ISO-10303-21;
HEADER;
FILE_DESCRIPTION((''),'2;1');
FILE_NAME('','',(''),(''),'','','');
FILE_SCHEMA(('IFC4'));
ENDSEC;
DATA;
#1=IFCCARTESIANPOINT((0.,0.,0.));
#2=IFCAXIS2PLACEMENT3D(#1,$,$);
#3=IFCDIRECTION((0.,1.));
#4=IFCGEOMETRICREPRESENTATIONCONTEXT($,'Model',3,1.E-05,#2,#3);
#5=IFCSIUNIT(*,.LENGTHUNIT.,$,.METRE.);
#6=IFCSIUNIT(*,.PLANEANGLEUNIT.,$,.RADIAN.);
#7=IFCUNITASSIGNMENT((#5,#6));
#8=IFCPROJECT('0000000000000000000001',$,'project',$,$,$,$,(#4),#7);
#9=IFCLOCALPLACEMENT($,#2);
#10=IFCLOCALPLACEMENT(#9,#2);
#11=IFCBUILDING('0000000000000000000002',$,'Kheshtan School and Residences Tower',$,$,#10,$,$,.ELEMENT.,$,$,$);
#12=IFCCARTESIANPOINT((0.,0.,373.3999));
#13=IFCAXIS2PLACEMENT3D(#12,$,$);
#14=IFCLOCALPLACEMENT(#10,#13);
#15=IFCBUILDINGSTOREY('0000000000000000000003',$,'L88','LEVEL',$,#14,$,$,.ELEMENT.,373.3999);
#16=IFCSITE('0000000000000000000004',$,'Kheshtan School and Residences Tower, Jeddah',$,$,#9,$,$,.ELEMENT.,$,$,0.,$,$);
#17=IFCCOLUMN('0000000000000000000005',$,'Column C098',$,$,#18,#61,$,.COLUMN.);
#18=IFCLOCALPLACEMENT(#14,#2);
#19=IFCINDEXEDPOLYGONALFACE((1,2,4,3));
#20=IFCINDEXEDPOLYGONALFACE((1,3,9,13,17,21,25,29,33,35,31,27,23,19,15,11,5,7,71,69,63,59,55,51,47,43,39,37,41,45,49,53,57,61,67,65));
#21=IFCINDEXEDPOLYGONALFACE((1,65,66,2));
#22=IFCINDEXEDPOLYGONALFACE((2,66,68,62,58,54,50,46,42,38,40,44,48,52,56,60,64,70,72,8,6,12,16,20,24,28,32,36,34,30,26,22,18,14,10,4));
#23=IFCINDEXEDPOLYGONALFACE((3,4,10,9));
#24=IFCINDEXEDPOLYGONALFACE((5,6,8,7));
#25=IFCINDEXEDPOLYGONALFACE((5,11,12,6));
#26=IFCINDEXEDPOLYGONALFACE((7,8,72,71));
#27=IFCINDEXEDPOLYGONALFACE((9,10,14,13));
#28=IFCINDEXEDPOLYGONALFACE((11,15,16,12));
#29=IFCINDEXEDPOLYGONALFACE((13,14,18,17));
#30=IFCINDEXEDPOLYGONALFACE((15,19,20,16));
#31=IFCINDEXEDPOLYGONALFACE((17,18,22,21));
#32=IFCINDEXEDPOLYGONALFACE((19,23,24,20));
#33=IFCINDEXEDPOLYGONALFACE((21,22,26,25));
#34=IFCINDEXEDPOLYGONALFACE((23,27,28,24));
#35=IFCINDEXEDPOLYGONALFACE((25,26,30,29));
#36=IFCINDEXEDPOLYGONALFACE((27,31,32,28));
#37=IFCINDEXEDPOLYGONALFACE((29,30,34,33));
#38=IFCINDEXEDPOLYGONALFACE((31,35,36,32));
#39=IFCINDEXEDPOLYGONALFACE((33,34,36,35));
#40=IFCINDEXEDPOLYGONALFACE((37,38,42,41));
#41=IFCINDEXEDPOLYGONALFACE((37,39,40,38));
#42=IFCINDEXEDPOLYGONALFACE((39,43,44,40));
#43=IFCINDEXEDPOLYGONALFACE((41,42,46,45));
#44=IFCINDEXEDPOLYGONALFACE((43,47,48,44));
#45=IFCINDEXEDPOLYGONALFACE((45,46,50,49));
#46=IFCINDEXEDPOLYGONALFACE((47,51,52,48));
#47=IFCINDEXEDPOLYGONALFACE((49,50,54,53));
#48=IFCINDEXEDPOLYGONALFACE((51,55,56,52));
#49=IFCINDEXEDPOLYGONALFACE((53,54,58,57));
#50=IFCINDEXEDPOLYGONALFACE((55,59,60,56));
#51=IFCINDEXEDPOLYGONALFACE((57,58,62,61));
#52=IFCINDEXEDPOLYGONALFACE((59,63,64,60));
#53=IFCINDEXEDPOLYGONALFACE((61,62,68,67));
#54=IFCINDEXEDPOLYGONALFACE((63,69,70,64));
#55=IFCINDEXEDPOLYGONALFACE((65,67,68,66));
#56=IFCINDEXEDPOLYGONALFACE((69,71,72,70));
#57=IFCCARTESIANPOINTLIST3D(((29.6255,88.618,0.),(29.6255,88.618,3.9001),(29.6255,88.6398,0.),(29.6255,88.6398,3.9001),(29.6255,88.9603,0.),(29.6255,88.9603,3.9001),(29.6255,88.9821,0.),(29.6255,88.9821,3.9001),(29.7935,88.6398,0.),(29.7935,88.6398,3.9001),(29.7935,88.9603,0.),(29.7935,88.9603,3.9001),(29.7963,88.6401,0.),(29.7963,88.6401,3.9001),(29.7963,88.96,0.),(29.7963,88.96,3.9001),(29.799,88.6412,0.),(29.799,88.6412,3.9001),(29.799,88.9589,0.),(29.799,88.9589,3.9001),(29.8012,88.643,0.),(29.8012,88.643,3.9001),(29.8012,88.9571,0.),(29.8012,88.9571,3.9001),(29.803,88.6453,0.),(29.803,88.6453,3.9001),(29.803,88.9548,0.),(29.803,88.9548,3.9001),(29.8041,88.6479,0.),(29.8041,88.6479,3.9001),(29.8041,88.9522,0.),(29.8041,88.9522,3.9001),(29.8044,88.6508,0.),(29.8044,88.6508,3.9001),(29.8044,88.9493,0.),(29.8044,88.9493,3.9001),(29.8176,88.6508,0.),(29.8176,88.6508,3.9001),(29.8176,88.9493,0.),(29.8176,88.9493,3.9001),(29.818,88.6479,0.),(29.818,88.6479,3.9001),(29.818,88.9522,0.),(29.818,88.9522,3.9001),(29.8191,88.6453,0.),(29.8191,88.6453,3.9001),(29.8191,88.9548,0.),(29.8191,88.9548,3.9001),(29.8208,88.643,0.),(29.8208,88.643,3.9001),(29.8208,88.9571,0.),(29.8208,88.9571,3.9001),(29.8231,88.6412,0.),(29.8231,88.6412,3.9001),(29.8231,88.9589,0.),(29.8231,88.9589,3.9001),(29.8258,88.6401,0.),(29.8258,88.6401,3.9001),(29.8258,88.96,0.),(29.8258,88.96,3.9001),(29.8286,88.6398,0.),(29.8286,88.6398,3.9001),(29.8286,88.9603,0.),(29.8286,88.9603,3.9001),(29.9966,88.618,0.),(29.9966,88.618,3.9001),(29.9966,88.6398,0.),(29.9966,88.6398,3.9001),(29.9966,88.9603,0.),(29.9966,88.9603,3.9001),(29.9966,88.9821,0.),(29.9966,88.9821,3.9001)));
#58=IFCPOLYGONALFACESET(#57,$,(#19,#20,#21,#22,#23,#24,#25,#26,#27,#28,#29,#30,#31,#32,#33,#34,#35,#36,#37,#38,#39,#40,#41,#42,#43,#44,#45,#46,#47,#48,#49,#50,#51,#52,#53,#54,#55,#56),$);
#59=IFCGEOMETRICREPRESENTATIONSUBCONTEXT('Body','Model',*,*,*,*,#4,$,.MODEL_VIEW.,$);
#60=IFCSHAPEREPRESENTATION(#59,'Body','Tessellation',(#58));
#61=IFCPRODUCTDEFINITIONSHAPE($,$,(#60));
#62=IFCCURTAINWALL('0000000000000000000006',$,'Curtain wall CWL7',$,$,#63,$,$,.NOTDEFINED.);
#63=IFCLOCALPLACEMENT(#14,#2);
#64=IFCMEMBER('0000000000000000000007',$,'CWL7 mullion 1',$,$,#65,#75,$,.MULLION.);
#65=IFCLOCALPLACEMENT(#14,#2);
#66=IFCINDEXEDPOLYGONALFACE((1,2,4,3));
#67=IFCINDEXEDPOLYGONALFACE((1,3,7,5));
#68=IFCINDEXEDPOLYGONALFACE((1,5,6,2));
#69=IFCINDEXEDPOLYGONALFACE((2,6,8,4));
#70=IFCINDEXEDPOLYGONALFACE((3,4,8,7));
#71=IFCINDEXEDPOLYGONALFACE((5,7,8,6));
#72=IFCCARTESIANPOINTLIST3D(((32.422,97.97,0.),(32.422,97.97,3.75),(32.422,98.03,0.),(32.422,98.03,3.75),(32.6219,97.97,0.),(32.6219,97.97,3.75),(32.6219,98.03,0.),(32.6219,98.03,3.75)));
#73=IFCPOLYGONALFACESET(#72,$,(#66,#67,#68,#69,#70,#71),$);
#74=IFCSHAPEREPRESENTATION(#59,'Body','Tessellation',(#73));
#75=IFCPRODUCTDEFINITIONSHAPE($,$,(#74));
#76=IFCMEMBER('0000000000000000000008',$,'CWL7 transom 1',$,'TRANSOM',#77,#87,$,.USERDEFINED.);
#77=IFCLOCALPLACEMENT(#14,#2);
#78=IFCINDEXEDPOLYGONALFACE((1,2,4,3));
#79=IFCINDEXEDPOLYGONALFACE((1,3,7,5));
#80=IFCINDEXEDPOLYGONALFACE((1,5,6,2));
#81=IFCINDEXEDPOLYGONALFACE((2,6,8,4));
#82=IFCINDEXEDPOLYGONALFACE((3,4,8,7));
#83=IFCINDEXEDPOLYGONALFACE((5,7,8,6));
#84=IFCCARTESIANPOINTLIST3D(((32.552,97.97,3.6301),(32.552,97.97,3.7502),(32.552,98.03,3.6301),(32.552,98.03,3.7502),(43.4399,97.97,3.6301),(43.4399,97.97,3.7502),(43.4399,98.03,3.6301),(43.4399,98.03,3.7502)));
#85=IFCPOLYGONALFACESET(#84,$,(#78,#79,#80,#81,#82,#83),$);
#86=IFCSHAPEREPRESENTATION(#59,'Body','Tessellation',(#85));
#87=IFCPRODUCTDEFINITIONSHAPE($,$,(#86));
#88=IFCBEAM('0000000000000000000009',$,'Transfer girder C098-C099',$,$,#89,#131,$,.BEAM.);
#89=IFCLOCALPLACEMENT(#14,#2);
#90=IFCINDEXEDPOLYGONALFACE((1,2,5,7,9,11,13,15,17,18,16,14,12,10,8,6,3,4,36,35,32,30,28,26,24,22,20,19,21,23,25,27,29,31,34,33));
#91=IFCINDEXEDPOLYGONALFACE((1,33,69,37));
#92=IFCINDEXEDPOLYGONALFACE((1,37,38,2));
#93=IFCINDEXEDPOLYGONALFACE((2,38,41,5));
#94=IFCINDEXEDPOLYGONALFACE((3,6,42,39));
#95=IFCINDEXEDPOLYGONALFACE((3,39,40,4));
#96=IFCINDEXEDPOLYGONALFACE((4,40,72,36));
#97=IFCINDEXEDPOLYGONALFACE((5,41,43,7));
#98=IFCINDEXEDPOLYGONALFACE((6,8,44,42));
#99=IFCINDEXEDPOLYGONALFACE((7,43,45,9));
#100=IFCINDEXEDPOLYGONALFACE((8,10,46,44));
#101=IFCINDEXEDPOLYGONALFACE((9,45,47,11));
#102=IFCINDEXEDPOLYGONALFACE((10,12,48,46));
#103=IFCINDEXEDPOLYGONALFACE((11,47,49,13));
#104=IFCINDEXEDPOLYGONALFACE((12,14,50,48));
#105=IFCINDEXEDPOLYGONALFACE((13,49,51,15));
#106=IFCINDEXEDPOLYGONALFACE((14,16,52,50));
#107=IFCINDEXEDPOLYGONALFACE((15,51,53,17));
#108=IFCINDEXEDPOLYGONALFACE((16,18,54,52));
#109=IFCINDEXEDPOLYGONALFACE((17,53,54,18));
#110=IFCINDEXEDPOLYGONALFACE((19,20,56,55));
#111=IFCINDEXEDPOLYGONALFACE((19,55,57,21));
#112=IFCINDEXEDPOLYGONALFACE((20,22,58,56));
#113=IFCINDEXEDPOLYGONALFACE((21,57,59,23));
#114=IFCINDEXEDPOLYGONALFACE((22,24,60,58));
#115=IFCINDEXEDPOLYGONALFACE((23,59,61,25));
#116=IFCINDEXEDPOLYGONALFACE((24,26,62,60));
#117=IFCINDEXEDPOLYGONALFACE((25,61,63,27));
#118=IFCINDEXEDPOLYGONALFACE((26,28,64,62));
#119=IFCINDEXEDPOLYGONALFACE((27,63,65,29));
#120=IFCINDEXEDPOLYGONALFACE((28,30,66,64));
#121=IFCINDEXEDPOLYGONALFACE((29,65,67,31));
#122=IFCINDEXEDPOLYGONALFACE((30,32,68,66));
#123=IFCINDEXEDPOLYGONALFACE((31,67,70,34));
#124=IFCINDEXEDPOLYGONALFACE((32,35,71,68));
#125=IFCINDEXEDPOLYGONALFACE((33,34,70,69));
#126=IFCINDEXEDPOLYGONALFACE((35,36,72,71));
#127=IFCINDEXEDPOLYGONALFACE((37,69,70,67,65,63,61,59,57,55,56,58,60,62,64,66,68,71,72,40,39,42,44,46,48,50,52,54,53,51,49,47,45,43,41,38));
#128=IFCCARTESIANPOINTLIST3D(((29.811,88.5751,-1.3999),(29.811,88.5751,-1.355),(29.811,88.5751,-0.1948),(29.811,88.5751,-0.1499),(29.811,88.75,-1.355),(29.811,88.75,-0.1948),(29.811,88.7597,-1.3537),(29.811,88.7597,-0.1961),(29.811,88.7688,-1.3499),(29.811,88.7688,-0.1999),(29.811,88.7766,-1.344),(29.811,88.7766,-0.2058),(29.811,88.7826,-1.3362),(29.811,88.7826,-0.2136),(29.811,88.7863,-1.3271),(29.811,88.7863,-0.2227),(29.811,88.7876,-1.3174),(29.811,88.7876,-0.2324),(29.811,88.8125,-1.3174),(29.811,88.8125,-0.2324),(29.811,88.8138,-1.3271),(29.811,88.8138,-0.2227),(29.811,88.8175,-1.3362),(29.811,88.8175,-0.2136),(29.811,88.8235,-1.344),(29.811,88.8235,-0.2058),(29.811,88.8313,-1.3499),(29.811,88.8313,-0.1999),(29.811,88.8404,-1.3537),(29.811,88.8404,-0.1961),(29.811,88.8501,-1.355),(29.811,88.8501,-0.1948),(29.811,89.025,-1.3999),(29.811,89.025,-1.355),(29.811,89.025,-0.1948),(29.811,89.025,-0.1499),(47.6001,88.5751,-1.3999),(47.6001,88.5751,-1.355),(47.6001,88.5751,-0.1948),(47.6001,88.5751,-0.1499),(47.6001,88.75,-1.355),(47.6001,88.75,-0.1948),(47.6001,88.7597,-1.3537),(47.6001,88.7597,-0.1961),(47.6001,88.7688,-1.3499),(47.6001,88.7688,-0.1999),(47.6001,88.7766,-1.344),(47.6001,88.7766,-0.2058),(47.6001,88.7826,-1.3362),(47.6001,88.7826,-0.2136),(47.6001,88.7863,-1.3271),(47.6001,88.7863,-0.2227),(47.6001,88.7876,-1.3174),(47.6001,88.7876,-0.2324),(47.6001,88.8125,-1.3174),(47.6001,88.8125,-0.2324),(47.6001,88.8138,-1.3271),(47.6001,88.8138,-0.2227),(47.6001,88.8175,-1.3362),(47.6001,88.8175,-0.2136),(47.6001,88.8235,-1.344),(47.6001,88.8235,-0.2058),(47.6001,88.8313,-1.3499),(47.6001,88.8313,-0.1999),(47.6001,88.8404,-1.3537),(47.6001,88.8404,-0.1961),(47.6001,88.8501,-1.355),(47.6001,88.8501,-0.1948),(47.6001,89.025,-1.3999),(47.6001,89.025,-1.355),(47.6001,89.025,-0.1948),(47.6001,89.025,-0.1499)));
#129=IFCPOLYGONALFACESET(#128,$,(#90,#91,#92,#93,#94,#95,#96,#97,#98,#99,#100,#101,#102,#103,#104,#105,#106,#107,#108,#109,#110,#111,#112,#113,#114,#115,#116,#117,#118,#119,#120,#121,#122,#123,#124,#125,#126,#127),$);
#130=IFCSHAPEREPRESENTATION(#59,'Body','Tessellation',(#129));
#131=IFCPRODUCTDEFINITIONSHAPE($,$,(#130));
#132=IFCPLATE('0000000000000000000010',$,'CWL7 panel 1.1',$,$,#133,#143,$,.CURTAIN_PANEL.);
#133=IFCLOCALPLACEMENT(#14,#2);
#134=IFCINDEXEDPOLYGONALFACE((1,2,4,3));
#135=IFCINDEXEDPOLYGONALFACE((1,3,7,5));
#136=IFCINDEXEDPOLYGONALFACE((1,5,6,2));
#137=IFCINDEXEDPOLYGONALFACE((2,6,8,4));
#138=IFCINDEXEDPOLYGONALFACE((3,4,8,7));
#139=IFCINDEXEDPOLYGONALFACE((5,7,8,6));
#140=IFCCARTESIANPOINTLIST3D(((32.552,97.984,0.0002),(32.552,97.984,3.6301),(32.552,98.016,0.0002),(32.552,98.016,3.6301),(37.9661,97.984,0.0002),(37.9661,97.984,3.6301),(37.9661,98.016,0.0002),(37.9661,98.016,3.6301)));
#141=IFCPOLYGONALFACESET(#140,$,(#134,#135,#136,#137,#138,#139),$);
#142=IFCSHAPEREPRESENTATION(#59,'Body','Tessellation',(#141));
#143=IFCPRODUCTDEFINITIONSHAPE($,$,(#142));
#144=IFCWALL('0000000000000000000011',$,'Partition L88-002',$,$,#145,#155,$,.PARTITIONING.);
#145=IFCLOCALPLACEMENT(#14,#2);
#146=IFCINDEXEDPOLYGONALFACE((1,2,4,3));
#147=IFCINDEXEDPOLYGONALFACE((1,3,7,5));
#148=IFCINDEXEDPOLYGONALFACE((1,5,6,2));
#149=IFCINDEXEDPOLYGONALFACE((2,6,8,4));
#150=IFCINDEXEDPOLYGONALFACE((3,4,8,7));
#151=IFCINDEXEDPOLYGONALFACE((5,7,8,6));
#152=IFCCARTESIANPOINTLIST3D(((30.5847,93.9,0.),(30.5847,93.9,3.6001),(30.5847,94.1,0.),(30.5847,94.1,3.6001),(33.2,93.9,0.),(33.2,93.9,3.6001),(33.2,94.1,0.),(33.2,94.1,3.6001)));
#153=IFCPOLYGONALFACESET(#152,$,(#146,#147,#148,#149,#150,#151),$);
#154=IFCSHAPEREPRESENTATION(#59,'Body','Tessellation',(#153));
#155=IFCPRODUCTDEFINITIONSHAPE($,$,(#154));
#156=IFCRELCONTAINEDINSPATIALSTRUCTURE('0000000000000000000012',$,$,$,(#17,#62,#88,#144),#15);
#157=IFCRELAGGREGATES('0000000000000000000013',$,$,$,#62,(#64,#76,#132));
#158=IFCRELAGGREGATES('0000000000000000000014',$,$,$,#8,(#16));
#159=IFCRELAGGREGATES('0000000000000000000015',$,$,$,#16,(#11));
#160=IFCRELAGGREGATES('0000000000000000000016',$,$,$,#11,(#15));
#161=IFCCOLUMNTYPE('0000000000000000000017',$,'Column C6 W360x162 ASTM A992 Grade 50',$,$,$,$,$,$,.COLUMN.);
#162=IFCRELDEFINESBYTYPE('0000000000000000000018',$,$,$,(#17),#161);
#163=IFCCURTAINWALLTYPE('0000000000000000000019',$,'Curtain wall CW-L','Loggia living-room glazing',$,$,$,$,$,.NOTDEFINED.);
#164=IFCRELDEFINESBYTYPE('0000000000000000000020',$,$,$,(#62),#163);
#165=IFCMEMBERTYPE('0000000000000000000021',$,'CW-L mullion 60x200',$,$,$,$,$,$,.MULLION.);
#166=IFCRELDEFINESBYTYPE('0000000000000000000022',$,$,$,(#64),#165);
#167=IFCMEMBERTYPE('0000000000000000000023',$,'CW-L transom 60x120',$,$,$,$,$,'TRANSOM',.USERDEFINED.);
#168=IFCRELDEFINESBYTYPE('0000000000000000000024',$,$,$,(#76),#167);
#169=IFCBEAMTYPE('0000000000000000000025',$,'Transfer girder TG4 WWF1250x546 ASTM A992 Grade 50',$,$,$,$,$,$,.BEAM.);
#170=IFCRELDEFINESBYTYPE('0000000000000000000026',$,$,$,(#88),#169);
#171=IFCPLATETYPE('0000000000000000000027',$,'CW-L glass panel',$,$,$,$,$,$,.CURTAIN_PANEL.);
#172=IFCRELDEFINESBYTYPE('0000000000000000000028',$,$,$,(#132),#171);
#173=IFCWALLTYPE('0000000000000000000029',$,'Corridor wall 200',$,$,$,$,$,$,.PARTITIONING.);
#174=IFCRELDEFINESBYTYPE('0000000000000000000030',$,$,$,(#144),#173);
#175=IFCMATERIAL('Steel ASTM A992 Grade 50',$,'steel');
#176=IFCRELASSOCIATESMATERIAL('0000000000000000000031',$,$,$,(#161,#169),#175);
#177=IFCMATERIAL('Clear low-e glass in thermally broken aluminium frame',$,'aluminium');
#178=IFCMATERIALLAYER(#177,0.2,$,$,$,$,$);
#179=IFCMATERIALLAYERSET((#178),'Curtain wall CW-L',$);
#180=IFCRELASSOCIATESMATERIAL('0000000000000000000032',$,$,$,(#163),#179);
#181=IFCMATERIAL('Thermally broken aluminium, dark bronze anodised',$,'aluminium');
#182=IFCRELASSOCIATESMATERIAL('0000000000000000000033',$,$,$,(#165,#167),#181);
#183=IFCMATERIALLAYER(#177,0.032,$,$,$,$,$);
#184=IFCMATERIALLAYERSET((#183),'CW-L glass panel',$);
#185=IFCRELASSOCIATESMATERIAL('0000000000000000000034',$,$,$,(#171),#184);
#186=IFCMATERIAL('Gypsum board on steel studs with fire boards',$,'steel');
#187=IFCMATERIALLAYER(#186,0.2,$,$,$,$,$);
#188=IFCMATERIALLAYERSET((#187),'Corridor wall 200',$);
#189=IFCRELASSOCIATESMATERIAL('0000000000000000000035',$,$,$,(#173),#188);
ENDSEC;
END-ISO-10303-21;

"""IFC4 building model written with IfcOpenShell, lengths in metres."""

from ifc_helpers import new_model, si_unit, direction, frame, frame_2d, origin, origin_2d, place, context, subcontext, project, spatial, rectangle, i_section, extrude, material, layer, layer_set, material_profile, profile_set, type_object, element, aggregate, save


model = new_model("IFC4")

# Units and contexts
model_context = context("Model", 3, precision=1e-05, world=origin(), true_north=direction((0.0, 1.0)))
body_context = subcontext(model_context, "Body", "Model", "MODEL_VIEW")
ifc_project = project(units=[si_unit("LENGTHUNIT", "METRE"), si_unit("PLANEANGLEUNIT", "RADIAN")], contexts=[model_context])

# Site, building, storey
site_placement = place(None, origin())
site = spatial("IfcSite", under=ifc_project, at=site_placement, Name="Kheshtan School and Residences Tower, Jeddah", CompositionType="ELEMENT", RefElevation=0.0)
building_placement = place(site_placement, origin())
building = spatial("IfcBuilding", under=site, at=building_placement, Name="Kheshtan School and Residences Tower", CompositionType="ELEMENT")
storey_placement = place(building_placement, frame((0.0, 0.0, 373.3999)))
storey = spatial("IfcBuildingStorey", under=building, at=storey_placement, Name="L88", Description="LEVEL", CompositionType="ELEMENT", Elevation=373.3999)

# Column
ifc_material_1 = material(Name="Steel ASTM A992 Grade 50", Category="steel")
ifc_material_profile_1 = material_profile(ifc_material_1, i_section(OverallWidth=0.3711, OverallDepth=0.364, WebThickness=0.0132, FlangeThickness=0.0217, FilletRadius=0.011, at=origin_2d()), Name="W360x162")
ifc_profile_set_1 = profile_set([ifc_material_profile_1], Name="Steel ASTM A992 Grade 50")
column_type = type_object("IfcColumnType", Name="Column C6 W360x162 ASTM A992 Grade 50", PredefinedType="COLUMN", material=ifc_profile_set_1)
column_placement = place(storey_placement, frame((29.811, 88.8, 0.0), z_axis=(0.0, 0.0, 1.0), x_axis=(1.0, 0.0, 0.0)))
element("IfcColumn", 1, at=column_placement, inside=storey, type_object=column_type, Name="Column C098", PredefinedType="COLUMN", context=body_context, shape_type="SweptSolid", body=[
    extrude(i_section(OverallWidth=0.3711, OverallDepth=0.364, WebThickness=0.0132, FlangeThickness=0.0217, FilletRadius=0.011, at=origin_2d()), origin(), (0.0, 0.0, 1.0), 3.9001),
])

# Curtain wall, members
ifc_material_2 = material(Name="Clear low-e glass in thermally broken aluminium frame", Category="aluminium")
ifc_layer_1 = layer(ifc_material_2, 0.2)
ifc_layer_set_1 = layer_set([ifc_layer_1], Name="Curtain wall CW-L")
curtain_wall_type = type_object("IfcCurtainWallType", Name="Curtain wall CW-L", Description="Loggia living-room glazing", PredefinedType="NOTDEFINED", material=ifc_layer_set_1)
curtain_wall_placement = place(storey_placement, origin())
curtain_wall = element("IfcCurtainWall", 2, at=curtain_wall_placement, inside=storey, type_object=curtain_wall_type, Name="Curtain wall CWL7", PredefinedType="NOTDEFINED")
ifc_material_3 = material(Name="Thermally broken aluminium, dark bronze anodised", Category="aluminium")
ifc_material_profile_2 = material_profile(ifc_material_3, rectangle(XDim=0.0601, YDim=0.2, at=origin_2d()), Name="CW-L mullion 60x200")
ifc_profile_set_2 = profile_set([ifc_material_profile_2], Name="Thermally broken aluminium, dark bronze anodised")
member_type_1 = type_object("IfcMemberType", Name="CW-L mullion 60x200", PredefinedType="MULLION", material=ifc_profile_set_2)
member_1_placement = place(storey_placement, frame((32.522, 98.0, 0.0), z_axis=(0.0, 0.0, 1.0), x_axis=(0.0, 1.0, 0.0)))
member_1 = element("IfcMember", 3, at=member_1_placement, type_object=member_type_1, Name="CWL7 mullion 1", PredefinedType="MULLION", context=body_context, shape_type="SweptSolid", body=[
    extrude(rectangle(XDim=0.0601, YDim=0.2, at=origin_2d()), origin(), (0.0, 0.0, 1.0), 3.75),
])
ifc_material_profile_3 = material_profile(ifc_material_3, rectangle(XDim=0.0601, YDim=0.1201, at=origin_2d()), Name="CW-L transom 60x120")
ifc_profile_set_3 = profile_set([ifc_material_profile_3], Name="Thermally broken aluminium, dark bronze anodised")
member_type_2 = type_object("IfcMemberType", Name="CW-L transom 60x120", ElementType="TRANSOM", PredefinedType="USERDEFINED", material=ifc_profile_set_3)
member_2_placement = place(storey_placement, frame((32.552, 98.0, 3.6902), z_axis=(1.0, 0.0, 0.0), x_axis=(0.0, 1.0, 0.0)))
member_2 = element("IfcMember", 4, at=member_2_placement, type_object=member_type_2, Name="CWL7 transom 1", ObjectType="TRANSOM", PredefinedType="USERDEFINED", context=body_context, shape_type="SweptSolid", body=[
    extrude(rectangle(XDim=0.0601, YDim=0.1201, at=origin_2d()), origin(), (0.0, 0.0, 1.0), 10.8879),
])

# Beam
ifc_material_profile_4 = material_profile(ifc_material_1, i_section(OverallWidth=0.45, OverallDepth=1.25, WebThickness=0.0249, FlangeThickness=0.0449, FilletRadius=0.0376, at=origin_2d()), Name="WWF1250x546")
ifc_profile_set_4 = profile_set([ifc_material_profile_4], Name="Steel ASTM A992 Grade 50")
beam_type = type_object("IfcBeamType", Name="Transfer girder TG4 WWF1250x546 ASTM A992 Grade 50", PredefinedType="BEAM", material=ifc_profile_set_4)
beam_placement = place(storey_placement, frame((29.811, 88.8, -0.7749), z_axis=(1.0, 0.0, 0.0), x_axis=(0.0, 1.0, 0.0)))
element("IfcBeam", 5, at=beam_placement, inside=storey, type_object=beam_type, Name="Transfer girder C098-C099", PredefinedType="BEAM", context=body_context, shape_type="SweptSolid", body=[
    extrude(i_section(OverallWidth=0.45, OverallDepth=1.25, WebThickness=0.0249, FlangeThickness=0.0449, FilletRadius=0.0376, at=origin_2d()), origin(), (0.0, 0.0, 1.0), 17.7891),
])

# Plate
ifc_layer_2 = layer(ifc_material_2, 0.032)
ifc_layer_set_2 = layer_set([ifc_layer_2], Name="CW-L glass panel")
plate_type = type_object("IfcPlateType", Name="CW-L glass panel", PredefinedType="CURTAIN_PANEL", material=ifc_layer_set_2)
plate_placement = place(storey_placement, frame((35.259, 98.0, 0.0002), z_axis=(0.0, 0.0, 1.0), x_axis=(1.0, 0.0, 0.0)))
plate = element("IfcPlate", 6, at=plate_placement, type_object=plate_type, Name="CWL7 panel 1.1", PredefinedType="CURTAIN_PANEL", context=body_context, shape_type="SweptSolid", body=[
    extrude(rectangle(XDim=5.4141, YDim=0.032, at=origin_2d()), origin(), (0.0, 0.0, 1.0), 3.6299),
])
aggregate(curtain_wall, [member_1, member_2, plate])

# Wall
ifc_material_4 = material(Name="Gypsum board on steel studs with fire boards", Category="steel")
ifc_layer_3 = layer(ifc_material_4, 0.2)
ifc_layer_set_3 = layer_set([ifc_layer_3], Name="Corridor wall 200")
wall_type_1 = type_object("IfcWallType", Name="Corridor wall 200", PredefinedType="PARTITIONING", material=ifc_layer_set_3)
wall_1_placement = place(storey_placement, frame((30.5847, 94.0, 0.0), z_axis=(0.0, 0.0, 1.0), x_axis=(1.0, 0.0, 0.0)))
element("IfcWall", 7, at=wall_1_placement, inside=storey, type_object=wall_type_1, Name="Partition L88-002", PredefinedType="PARTITIONING", context=body_context, shape_type="SweptSolid", body=[
    extrude(rectangle(XDim=2.6152, YDim=0.2, at=frame_2d((1.3076, 0.0))), origin(), (0.0, 0.0, 1.0), 3.6001),
])

save(model, "model.ifc")
